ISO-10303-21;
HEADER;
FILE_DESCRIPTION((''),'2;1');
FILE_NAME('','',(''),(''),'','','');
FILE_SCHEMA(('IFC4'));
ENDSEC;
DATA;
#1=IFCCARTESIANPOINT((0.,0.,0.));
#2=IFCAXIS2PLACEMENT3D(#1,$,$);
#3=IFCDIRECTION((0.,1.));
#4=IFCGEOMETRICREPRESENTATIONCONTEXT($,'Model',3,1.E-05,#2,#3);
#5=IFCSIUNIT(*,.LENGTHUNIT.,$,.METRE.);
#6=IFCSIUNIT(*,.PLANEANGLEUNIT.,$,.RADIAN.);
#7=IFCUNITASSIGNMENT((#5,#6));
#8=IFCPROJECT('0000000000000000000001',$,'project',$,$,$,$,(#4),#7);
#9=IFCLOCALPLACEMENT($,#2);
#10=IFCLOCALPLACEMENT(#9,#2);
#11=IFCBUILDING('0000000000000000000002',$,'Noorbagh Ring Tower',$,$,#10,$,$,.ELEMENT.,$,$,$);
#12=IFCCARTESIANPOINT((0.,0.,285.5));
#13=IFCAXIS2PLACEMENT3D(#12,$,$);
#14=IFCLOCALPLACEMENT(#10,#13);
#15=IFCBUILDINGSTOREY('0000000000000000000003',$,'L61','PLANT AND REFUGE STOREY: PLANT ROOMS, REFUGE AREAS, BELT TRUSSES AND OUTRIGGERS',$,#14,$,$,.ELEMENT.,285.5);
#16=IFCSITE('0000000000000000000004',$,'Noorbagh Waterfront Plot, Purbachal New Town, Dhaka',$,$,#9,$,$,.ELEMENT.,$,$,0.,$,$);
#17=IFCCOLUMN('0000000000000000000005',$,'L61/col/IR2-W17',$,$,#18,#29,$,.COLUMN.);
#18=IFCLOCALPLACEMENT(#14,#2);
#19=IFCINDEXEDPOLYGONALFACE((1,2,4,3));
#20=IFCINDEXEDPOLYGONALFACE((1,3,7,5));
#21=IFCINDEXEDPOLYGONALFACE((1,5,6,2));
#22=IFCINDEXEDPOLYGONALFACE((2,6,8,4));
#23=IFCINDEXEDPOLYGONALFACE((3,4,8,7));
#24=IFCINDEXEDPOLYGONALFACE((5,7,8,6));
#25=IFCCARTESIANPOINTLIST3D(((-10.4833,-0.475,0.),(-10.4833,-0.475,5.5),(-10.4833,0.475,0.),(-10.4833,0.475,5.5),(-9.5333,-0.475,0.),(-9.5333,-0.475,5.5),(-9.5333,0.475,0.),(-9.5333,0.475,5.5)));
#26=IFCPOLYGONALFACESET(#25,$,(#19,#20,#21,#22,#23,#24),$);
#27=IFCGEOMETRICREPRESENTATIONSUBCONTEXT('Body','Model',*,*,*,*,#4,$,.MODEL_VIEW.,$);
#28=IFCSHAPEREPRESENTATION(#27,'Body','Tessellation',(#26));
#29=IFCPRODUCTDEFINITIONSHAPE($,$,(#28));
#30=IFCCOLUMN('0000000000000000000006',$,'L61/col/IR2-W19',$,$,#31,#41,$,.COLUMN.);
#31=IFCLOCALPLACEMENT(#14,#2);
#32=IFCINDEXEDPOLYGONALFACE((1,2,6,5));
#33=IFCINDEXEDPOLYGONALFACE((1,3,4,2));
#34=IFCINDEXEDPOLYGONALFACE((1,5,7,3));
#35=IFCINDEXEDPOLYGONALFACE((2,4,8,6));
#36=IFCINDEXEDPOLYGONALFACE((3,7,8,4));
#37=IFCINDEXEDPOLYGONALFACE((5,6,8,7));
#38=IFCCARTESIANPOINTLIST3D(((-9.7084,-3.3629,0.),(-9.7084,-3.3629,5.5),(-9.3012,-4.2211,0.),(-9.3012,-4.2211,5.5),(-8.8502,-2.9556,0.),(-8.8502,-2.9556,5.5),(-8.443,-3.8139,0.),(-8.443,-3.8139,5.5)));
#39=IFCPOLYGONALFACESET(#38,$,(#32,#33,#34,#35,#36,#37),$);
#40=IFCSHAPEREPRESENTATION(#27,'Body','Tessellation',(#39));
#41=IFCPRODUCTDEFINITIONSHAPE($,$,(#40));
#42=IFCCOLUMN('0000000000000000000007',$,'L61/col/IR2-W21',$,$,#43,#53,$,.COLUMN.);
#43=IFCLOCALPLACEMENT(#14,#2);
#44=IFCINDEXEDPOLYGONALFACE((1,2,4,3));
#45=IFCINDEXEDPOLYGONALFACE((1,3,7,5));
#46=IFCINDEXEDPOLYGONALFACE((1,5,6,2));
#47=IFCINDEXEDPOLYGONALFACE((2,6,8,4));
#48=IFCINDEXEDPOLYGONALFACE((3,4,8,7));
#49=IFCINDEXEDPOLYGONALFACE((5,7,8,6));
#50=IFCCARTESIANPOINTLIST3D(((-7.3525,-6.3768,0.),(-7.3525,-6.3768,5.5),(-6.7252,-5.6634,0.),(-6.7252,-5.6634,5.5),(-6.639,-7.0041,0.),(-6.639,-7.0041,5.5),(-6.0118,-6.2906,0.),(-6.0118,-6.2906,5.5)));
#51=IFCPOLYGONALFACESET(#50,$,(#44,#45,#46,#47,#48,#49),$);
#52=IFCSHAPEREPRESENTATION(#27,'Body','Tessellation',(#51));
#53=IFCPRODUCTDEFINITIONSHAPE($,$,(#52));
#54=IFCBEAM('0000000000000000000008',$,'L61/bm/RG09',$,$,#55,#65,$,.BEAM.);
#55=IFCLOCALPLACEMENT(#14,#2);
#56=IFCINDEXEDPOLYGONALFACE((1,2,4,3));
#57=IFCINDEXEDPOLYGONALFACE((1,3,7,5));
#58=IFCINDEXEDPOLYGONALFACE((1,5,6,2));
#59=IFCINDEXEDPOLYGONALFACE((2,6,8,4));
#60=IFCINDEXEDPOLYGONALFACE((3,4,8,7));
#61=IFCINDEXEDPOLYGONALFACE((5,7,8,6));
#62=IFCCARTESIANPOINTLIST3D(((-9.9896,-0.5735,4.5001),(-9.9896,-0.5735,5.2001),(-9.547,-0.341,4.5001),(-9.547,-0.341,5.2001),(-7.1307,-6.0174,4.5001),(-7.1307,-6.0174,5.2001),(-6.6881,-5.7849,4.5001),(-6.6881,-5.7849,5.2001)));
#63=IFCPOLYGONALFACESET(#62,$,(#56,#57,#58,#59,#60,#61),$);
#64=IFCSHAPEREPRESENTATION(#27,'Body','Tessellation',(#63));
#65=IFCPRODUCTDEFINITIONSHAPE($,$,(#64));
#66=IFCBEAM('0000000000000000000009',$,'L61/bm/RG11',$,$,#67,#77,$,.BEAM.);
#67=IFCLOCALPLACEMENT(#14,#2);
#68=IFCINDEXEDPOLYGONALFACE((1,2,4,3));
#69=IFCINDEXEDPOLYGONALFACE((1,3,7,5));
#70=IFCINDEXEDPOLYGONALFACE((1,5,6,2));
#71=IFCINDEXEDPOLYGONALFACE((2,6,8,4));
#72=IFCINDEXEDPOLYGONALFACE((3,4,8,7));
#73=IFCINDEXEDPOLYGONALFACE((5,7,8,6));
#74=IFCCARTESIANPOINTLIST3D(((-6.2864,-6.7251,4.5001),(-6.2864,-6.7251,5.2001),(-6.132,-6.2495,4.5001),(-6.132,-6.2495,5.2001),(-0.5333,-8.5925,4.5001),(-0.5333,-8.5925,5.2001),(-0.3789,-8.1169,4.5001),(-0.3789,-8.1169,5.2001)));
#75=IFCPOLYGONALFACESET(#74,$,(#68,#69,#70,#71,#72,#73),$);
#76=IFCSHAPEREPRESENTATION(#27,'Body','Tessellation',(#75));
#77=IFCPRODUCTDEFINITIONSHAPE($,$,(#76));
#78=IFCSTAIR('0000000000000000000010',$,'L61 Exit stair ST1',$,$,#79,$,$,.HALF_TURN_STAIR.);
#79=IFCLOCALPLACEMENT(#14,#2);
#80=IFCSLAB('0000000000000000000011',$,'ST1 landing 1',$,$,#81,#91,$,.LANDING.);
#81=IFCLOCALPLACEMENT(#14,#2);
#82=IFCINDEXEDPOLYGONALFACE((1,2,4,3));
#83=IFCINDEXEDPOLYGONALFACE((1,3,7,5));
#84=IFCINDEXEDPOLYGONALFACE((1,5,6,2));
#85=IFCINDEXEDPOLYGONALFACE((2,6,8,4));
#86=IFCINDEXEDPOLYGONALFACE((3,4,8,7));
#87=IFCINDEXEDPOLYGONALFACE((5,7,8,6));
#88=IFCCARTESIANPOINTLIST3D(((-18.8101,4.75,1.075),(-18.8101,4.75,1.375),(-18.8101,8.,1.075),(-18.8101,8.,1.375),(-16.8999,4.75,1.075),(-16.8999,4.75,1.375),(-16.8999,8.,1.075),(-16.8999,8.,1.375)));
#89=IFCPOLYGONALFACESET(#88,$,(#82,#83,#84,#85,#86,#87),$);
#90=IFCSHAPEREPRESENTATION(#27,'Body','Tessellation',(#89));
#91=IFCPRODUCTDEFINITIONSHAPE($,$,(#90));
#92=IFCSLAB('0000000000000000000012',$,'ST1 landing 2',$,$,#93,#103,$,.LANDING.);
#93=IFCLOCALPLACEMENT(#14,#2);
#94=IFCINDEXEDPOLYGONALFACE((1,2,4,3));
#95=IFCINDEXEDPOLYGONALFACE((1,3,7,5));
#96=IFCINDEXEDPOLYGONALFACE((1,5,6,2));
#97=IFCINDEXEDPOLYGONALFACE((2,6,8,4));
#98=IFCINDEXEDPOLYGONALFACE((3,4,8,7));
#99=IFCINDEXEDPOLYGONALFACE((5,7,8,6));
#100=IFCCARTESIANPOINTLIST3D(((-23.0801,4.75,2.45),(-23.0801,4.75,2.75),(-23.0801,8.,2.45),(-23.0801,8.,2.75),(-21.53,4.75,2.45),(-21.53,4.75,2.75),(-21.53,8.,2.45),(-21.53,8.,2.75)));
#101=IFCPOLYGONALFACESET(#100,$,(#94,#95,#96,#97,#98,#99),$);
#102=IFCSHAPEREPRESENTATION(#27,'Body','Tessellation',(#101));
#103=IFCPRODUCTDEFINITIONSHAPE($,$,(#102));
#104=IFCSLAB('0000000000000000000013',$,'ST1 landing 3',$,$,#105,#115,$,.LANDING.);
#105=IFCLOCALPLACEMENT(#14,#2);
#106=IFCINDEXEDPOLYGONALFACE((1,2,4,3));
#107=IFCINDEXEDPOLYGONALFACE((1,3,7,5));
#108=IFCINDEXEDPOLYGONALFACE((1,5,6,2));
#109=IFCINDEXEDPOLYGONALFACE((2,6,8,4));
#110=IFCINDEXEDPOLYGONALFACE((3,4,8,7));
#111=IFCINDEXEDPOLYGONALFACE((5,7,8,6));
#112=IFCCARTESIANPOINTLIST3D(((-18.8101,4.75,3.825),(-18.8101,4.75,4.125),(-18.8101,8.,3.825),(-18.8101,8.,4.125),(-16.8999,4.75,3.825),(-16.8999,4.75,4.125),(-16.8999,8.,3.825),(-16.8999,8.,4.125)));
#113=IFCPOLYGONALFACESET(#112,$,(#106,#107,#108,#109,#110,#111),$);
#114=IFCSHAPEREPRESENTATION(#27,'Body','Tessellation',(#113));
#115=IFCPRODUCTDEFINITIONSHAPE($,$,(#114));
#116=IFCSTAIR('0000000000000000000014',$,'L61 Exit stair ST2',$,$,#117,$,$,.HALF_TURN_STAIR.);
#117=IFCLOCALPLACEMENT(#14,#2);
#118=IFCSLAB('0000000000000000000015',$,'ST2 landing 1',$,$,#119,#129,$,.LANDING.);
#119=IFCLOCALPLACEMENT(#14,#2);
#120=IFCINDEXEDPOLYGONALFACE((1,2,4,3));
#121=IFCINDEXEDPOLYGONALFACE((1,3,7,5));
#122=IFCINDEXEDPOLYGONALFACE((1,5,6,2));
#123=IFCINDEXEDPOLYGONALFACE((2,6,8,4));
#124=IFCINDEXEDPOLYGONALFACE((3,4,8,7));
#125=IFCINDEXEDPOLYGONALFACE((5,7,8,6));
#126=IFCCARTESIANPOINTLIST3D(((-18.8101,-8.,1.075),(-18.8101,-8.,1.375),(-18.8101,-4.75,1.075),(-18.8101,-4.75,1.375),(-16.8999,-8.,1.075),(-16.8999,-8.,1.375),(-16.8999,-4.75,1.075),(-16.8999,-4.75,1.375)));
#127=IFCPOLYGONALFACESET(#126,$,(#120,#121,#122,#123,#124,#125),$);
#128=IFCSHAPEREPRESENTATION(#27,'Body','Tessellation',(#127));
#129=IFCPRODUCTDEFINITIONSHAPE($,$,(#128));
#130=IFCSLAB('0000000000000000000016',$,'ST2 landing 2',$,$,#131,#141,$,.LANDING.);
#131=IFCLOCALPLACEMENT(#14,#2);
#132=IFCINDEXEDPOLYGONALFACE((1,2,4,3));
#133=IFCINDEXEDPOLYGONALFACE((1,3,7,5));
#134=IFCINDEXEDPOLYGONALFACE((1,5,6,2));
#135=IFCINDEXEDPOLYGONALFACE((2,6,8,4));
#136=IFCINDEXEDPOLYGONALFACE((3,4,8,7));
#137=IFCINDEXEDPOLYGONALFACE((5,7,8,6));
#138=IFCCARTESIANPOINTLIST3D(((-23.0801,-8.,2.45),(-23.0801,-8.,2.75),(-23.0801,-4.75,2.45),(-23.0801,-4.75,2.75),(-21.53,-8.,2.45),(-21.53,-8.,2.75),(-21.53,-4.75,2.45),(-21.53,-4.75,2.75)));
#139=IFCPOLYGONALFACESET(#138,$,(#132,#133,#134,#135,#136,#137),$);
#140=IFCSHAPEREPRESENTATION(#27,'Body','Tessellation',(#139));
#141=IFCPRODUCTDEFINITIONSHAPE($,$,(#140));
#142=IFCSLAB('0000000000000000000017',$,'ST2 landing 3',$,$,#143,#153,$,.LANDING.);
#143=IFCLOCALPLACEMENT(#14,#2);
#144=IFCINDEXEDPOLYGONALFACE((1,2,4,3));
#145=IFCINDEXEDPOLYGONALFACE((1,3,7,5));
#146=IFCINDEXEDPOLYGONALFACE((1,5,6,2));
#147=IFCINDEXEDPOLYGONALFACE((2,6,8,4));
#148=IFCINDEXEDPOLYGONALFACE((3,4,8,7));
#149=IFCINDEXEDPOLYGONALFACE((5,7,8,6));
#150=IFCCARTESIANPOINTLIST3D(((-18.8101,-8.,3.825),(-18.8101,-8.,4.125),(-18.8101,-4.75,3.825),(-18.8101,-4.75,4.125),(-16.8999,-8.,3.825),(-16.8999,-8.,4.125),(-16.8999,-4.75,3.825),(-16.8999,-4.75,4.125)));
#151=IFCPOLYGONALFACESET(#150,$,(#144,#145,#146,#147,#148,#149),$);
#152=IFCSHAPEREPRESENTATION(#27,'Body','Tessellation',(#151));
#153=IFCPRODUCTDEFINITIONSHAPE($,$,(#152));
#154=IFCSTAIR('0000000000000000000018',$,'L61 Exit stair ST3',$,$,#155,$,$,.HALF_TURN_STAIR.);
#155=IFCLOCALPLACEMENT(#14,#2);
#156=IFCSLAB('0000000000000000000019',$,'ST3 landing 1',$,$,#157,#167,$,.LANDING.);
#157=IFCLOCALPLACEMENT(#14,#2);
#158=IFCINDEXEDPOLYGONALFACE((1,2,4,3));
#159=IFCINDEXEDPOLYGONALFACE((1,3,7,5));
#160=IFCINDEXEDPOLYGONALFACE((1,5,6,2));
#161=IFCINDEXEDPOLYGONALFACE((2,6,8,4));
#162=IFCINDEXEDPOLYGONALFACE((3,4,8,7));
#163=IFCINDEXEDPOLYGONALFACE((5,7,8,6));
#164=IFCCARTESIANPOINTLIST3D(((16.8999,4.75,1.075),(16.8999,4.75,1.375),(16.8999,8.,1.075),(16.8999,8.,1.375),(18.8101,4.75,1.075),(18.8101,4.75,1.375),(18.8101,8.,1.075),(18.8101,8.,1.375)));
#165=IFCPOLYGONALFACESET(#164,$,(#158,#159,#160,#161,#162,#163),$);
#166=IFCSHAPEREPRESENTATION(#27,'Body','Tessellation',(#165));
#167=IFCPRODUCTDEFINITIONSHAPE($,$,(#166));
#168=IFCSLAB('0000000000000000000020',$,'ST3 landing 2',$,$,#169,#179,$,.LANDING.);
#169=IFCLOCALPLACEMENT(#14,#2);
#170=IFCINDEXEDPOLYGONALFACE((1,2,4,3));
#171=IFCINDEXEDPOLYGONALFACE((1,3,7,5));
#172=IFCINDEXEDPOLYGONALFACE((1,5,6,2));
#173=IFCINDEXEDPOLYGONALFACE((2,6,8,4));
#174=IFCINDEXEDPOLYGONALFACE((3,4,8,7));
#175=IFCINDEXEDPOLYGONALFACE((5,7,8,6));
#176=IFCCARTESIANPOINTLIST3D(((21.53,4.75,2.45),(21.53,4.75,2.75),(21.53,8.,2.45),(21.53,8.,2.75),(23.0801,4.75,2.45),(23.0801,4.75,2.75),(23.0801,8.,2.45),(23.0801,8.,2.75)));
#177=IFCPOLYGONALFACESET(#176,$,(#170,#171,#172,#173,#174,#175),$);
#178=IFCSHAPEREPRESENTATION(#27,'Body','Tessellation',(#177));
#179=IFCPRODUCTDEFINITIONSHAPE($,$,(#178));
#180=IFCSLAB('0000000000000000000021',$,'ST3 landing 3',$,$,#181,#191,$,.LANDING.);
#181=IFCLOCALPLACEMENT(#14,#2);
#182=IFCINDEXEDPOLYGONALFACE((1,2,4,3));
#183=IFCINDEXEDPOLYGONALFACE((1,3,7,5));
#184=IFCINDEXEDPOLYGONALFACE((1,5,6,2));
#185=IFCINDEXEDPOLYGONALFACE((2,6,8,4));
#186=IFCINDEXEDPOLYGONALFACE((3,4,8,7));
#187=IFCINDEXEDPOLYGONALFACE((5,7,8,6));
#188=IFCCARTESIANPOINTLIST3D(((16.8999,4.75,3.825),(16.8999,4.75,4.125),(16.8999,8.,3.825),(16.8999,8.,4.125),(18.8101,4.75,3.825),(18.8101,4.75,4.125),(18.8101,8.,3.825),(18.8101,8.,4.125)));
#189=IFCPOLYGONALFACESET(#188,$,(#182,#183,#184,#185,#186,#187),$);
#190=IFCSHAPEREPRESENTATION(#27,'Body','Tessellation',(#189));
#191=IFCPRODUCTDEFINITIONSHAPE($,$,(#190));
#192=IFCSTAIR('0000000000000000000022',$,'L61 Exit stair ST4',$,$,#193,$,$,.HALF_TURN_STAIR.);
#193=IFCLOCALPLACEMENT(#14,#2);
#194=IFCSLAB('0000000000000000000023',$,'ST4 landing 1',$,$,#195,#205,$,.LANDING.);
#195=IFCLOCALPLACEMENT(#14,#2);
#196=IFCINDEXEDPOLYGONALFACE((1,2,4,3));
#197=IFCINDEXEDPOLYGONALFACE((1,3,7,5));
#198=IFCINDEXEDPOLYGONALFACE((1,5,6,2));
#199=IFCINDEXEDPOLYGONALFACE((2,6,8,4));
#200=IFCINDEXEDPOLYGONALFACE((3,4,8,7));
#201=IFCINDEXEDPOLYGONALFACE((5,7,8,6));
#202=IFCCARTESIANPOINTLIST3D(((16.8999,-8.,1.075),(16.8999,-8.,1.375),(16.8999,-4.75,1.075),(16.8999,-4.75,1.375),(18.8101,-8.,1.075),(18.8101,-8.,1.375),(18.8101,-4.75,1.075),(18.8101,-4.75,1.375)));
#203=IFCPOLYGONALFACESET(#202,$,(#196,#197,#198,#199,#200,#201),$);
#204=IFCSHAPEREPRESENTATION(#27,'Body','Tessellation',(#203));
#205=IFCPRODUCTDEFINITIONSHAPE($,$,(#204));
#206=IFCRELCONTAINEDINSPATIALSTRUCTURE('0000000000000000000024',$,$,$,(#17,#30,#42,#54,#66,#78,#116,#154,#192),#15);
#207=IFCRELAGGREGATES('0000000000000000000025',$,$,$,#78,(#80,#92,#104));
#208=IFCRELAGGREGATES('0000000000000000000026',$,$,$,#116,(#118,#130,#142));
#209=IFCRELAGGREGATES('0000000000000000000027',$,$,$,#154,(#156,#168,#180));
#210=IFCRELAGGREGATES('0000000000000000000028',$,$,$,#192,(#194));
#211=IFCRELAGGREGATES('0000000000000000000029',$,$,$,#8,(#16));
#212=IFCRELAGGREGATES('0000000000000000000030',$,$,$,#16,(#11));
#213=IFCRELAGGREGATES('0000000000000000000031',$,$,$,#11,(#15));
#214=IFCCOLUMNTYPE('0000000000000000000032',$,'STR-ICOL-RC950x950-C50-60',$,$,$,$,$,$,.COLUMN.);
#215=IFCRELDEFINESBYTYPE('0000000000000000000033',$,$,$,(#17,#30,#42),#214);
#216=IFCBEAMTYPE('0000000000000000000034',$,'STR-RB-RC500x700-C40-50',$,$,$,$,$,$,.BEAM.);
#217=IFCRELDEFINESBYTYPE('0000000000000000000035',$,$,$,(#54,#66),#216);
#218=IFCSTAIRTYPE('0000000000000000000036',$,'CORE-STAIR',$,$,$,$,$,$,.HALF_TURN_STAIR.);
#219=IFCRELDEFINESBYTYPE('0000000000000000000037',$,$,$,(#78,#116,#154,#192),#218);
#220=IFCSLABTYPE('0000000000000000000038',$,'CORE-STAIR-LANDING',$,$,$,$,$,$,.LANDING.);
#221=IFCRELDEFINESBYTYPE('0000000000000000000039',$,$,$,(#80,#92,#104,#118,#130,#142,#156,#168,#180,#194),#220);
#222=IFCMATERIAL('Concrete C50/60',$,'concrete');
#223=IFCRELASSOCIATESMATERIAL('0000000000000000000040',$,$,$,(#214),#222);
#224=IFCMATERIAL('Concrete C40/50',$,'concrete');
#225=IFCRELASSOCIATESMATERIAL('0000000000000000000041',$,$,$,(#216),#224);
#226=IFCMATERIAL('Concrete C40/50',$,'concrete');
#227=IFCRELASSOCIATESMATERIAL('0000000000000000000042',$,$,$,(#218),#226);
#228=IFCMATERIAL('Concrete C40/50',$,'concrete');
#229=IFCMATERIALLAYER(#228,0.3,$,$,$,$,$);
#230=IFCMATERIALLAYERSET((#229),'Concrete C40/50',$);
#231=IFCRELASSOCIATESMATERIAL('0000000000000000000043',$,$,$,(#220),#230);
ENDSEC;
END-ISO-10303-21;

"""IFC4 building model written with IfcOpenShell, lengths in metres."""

from ifc_helpers import new_model, si_unit, direction, frame, origin, origin_2d, place, context, subcontext, project, spatial, polyline, rectangle, outline, extrude, material, layer, layer_set, material_profile, profile_set, type_object, element, aggregate, save


model = new_model("IFC4")

# Units and contexts
model_context = context("Model", 3, precision=1e-05, world=origin(), true_north=direction((0.0, 1.0)))
body_context = subcontext(model_context, "Body", "Model", "MODEL_VIEW")
ifc_project = project(units=[si_unit("LENGTHUNIT", "METRE"), si_unit("PLANEANGLEUNIT", "RADIAN")], contexts=[model_context])

# Site, building, storey
site_placement = place(None, origin())
site = spatial("IfcSite", under=ifc_project, at=site_placement, Name="Noorbagh Waterfront Plot, Purbachal New Town, Dhaka", CompositionType="ELEMENT", RefElevation=0.0)
building_placement = place(site_placement, origin())
building = spatial("IfcBuilding", under=site, at=building_placement, Name="Noorbagh Ring Tower", CompositionType="ELEMENT")
storey_placement = place(building_placement, frame((0.0, 0.0, 285.5)))
storey = spatial("IfcBuildingStorey", under=building, at=storey_placement, Name="L61", Description="PLANT AND REFUGE STOREY: PLANT ROOMS, REFUGE AREAS, BELT TRUSSES AND OUTRIGGERS", CompositionType="ELEMENT", Elevation=285.5)

# Columns
ifc_material_1 = material(Name="Concrete C50/60", Category="concrete")
ifc_material_profile_1 = material_profile(ifc_material_1, rectangle(XDim=0.95, YDim=0.95, at=origin_2d()), Name="RC950x950")
ifc_profile_set_1 = profile_set([ifc_material_profile_1], Name="Concrete C50/60")
column_type = type_object("IfcColumnType", Name="STR-ICOL-RC950x950-C50-60", PredefinedType="COLUMN", material=ifc_profile_set_1)
for number, where, z_axis, x_axis, name in (
    (1, (-10.0083, 0.0, 0.0), (0.0, 0.0, 1.0), (0.0, -1.0, 0.0), "L61/col/IR2-W17"),
    (2, (-9.0757, -3.5884, 0.0), (0.0, 0.0, 1.0), (0.428667, -0.903463, 0.0), "L61/col/IR2-W19"),
    (3, (-6.6821, -6.3337, 0.0), (0.0, 0.0, 1.0), (0.751022, -0.660277, 0.0), "L61/col/IR2-W21"),
):
    element("IfcColumn", number, at=place(storey_placement, frame(where, z_axis=z_axis, x_axis=x_axis)), inside=storey, type_object=column_type, Name=name, PredefinedType="COLUMN", context=body_context, shape_type="SweptSolid", body=[
        extrude(rectangle(XDim=0.95, YDim=0.95, at=origin_2d()), origin(), (0.0, 0.0, 1.0), 5.5),
    ])

# Beams
ifc_material_2 = material(Name="Concrete C40/50", Category="concrete")
ifc_material_profile_2 = material_profile(ifc_material_2, rectangle(XDim=0.5, YDim=0.7, at=origin_2d()), Name="RC500x700")
ifc_profile_set_2 = profile_set([ifc_material_profile_2], Name="Concrete C40/50")
beam_type = type_object("IfcBeamType", Name="STR-RB-RC500x700-C40-50", PredefinedType="BEAM", material=ifc_profile_set_2)
beam_1_placement = place(storey_placement, frame((-9.7683, -0.4573, 4.8501), z_axis=(0.464944, -0.88534, 0.0), x_axis=(0.88534, 0.464944, 0.0)))
element("IfcBeam", 4, at=beam_1_placement, inside=storey, type_object=beam_type, Name="L61/bm/RG09", PredefinedType="BEAM", context=body_context, shape_type="SweptSolid", body=[
    extrude(rectangle(XDim=0.5, YDim=0.7, at=origin_2d()), origin(), (0.0, 0.0, 1.0), 6.1489),
])
beam_2_placement = place(storey_placement, frame((-6.2092, -6.4873, 4.8501), z_axis=(0.951148, -0.308735, 0.0), x_axis=(0.308735, 0.951148, 0.0)))
element("IfcBeam", 5, at=beam_2_placement, inside=storey, type_object=beam_type, Name="L61/bm/RG11", PredefinedType="BEAM", context=body_context, shape_type="SweptSolid", body=[
    extrude(rectangle(XDim=0.5, YDim=0.7, at=origin_2d()), origin(), (0.0, 0.0, 1.0), 6.0486),
])

# Stairs, slabs
ifc_material_3 = material(Name="Concrete C40/50", Category="concrete")
stair_type = type_object("IfcStairType", Name="CORE-STAIR", PredefinedType="HALF_TURN_STAIR", material=ifc_material_3)
stair_1_placement = place(storey_placement, origin())
stair_1 = element("IfcStair", 6, at=stair_1_placement, inside=storey, type_object=stair_type, Name="L61 Exit stair ST1", PredefinedType="HALF_TURN_STAIR")
ifc_material_4 = material(Name="Concrete C40/50", Category="concrete")
ifc_layer_1 = layer(ifc_material_4, 0.3)
ifc_layer_set_1 = layer_set([ifc_layer_1], Name="Concrete C40/50")
slab_type_1 = type_object("IfcSlabType", Name="CORE-STAIR-LANDING", PredefinedType="LANDING", material=ifc_layer_set_1)
slab_1_placement = place(storey_placement, frame((0.0, 0.0, 1.075)))
slab_1 = element("IfcSlab", 7, at=slab_1_placement, type_object=slab_type_1, Name="ST1 landing 1", PredefinedType="LANDING", context=body_context, shape_type="SweptSolid", body=[
    extrude(outline(polyline([(-18.8101, 4.75), (-16.8999, 4.75), (-16.8999, 8.0), (-18.8101, 8.0), (-18.8101, 4.75)])), origin(), (0.0, 0.0, 1.0), 0.3),
])
slab_2_placement = place(storey_placement, frame((0.0, 0.0, 2.45)))
slab_2 = element("IfcSlab", 8, at=slab_2_placement, type_object=slab_type_1, Name="ST1 landing 2", PredefinedType="LANDING", context=body_context, shape_type="SweptSolid", body=[
    extrude(outline(polyline([(-23.0801, 4.75), (-21.53, 4.75), (-21.53, 8.0), (-23.0801, 8.0), (-23.0801, 4.75)])), origin(), (0.0, 0.0, 1.0), 0.3),
])
slab_3_placement = place(storey_placement, frame((0.0, 0.0, 3.825)))
slab_3 = element("IfcSlab", 9, at=slab_3_placement, type_object=slab_type_1, Name="ST1 landing 3", PredefinedType="LANDING", context=body_context, shape_type="SweptSolid", body=[
    extrude(outline(polyline([(-18.8101, 4.75), (-16.8999, 4.75), (-16.8999, 8.0), (-18.8101, 8.0), (-18.8101, 4.75)])), origin(), (0.0, 0.0, 1.0), 0.3),
])
aggregate(stair_1, [slab_1, slab_2, slab_3])
stair_2_placement = place(storey_placement, origin())
stair_2 = element("IfcStair", 10, at=stair_2_placement, inside=storey, type_object=stair_type, Name="L61 Exit stair ST2", PredefinedType="HALF_TURN_STAIR")
slab_4_placement = place(storey_placement, frame((0.0, 0.0, 1.075)))
slab_4 = element("IfcSlab", 11, at=slab_4_placement, type_object=slab_type_1, Name="ST2 landing 1", PredefinedType="LANDING", context=body_context, shape_type="SweptSolid", body=[
    extrude(outline(polyline([(-18.8101, -8.0), (-16.8999, -8.0), (-16.8999, -4.75), (-18.8101, -4.75), (-18.8101, -8.0)])), origin(), (0.0, 0.0, 1.0), 0.3),
])
slab_5_placement = place(storey_placement, frame((0.0, 0.0, 2.45)))
slab_5 = element("IfcSlab", 12, at=slab_5_placement, type_object=slab_type_1, Name="ST2 landing 2", PredefinedType="LANDING", context=body_context, shape_type="SweptSolid", body=[
    extrude(outline(polyline([(-23.0801, -8.0), (-21.53, -8.0), (-21.53, -4.75), (-23.0801, -4.75), (-23.0801, -8.0)])), origin(), (0.0, 0.0, 1.0), 0.3),
])
slab_6_placement = place(storey_placement, frame((0.0, 0.0, 3.825)))
slab_6 = element("IfcSlab", 13, at=slab_6_placement, type_object=slab_type_1, Name="ST2 landing 3", PredefinedType="LANDING", context=body_context, shape_type="SweptSolid", body=[
    extrude(outline(polyline([(-18.8101, -8.0), (-16.8999, -8.0), (-16.8999, -4.75), (-18.8101, -4.75), (-18.8101, -8.0)])), origin(), (0.0, 0.0, 1.0), 0.3),
])
aggregate(stair_2, [slab_4, slab_5, slab_6])
stair_3_placement = place(storey_placement, origin())
stair_3 = element("IfcStair", 14, at=stair_3_placement, inside=storey, type_object=stair_type, Name="L61 Exit stair ST3", PredefinedType="HALF_TURN_STAIR")
slab_7_placement = place(storey_placement, frame((0.0, 0.0, 1.075)))
slab_7 = element("IfcSlab", 15, at=slab_7_placement, type_object=slab_type_1, Name="ST3 landing 1", PredefinedType="LANDING", context=body_context, shape_type="SweptSolid", body=[
    extrude(outline(polyline([(18.8101, 8.0), (16.8999, 8.0), (16.8999, 4.75), (18.8101, 4.75), (18.8101, 8.0)])), origin(), (0.0, 0.0, 1.0), 0.3),
])
slab_8_placement = place(storey_placement, frame((0.0, 0.0, 2.45)))
slab_8 = element("IfcSlab", 16, at=slab_8_placement, type_object=slab_type_1, Name="ST3 landing 2", PredefinedType="LANDING", context=body_context, shape_type="SweptSolid", body=[
    extrude(outline(polyline([(23.0801, 8.0), (21.53, 8.0), (21.53, 4.75), (23.0801, 4.75), (23.0801, 8.0)])), origin(), (0.0, 0.0, 1.0), 0.3),
])
slab_9_placement = place(storey_placement, frame((0.0, 0.0, 3.825)))
slab_9 = element("IfcSlab", 17, at=slab_9_placement, type_object=slab_type_1, Name="ST3 landing 3", PredefinedType="LANDING", context=body_context, shape_type="SweptSolid", body=[
    extrude(outline(polyline([(18.8101, 8.0), (16.8999, 8.0), (16.8999, 4.75), (18.8101, 4.75), (18.8101, 8.0)])), origin(), (0.0, 0.0, 1.0), 0.3),
])
aggregate(stair_3, [slab_7, slab_8, slab_9])
stair_4_placement = place(storey_placement, origin())
stair_4 = element("IfcStair", 18, at=stair_4_placement, inside=storey, type_object=stair_type, Name="L61 Exit stair ST4", PredefinedType="HALF_TURN_STAIR")
slab_10_placement = place(storey_placement, frame((0.0, 0.0, 1.075)))
slab_10 = element("IfcSlab", 19, at=slab_10_placement, type_object=slab_type_1, Name="ST4 landing 1", PredefinedType="LANDING", context=body_context, shape_type="SweptSolid", body=[
    extrude(outline(polyline([(18.8101, -4.75), (16.8999, -4.75), (16.8999, -8.0), (18.8101, -8.0), (18.8101, -4.75)])), origin(), (0.0, 0.0, 1.0), 0.3),
])
aggregate(stair_4, [slab_10])

save(model, "model.ifc")
